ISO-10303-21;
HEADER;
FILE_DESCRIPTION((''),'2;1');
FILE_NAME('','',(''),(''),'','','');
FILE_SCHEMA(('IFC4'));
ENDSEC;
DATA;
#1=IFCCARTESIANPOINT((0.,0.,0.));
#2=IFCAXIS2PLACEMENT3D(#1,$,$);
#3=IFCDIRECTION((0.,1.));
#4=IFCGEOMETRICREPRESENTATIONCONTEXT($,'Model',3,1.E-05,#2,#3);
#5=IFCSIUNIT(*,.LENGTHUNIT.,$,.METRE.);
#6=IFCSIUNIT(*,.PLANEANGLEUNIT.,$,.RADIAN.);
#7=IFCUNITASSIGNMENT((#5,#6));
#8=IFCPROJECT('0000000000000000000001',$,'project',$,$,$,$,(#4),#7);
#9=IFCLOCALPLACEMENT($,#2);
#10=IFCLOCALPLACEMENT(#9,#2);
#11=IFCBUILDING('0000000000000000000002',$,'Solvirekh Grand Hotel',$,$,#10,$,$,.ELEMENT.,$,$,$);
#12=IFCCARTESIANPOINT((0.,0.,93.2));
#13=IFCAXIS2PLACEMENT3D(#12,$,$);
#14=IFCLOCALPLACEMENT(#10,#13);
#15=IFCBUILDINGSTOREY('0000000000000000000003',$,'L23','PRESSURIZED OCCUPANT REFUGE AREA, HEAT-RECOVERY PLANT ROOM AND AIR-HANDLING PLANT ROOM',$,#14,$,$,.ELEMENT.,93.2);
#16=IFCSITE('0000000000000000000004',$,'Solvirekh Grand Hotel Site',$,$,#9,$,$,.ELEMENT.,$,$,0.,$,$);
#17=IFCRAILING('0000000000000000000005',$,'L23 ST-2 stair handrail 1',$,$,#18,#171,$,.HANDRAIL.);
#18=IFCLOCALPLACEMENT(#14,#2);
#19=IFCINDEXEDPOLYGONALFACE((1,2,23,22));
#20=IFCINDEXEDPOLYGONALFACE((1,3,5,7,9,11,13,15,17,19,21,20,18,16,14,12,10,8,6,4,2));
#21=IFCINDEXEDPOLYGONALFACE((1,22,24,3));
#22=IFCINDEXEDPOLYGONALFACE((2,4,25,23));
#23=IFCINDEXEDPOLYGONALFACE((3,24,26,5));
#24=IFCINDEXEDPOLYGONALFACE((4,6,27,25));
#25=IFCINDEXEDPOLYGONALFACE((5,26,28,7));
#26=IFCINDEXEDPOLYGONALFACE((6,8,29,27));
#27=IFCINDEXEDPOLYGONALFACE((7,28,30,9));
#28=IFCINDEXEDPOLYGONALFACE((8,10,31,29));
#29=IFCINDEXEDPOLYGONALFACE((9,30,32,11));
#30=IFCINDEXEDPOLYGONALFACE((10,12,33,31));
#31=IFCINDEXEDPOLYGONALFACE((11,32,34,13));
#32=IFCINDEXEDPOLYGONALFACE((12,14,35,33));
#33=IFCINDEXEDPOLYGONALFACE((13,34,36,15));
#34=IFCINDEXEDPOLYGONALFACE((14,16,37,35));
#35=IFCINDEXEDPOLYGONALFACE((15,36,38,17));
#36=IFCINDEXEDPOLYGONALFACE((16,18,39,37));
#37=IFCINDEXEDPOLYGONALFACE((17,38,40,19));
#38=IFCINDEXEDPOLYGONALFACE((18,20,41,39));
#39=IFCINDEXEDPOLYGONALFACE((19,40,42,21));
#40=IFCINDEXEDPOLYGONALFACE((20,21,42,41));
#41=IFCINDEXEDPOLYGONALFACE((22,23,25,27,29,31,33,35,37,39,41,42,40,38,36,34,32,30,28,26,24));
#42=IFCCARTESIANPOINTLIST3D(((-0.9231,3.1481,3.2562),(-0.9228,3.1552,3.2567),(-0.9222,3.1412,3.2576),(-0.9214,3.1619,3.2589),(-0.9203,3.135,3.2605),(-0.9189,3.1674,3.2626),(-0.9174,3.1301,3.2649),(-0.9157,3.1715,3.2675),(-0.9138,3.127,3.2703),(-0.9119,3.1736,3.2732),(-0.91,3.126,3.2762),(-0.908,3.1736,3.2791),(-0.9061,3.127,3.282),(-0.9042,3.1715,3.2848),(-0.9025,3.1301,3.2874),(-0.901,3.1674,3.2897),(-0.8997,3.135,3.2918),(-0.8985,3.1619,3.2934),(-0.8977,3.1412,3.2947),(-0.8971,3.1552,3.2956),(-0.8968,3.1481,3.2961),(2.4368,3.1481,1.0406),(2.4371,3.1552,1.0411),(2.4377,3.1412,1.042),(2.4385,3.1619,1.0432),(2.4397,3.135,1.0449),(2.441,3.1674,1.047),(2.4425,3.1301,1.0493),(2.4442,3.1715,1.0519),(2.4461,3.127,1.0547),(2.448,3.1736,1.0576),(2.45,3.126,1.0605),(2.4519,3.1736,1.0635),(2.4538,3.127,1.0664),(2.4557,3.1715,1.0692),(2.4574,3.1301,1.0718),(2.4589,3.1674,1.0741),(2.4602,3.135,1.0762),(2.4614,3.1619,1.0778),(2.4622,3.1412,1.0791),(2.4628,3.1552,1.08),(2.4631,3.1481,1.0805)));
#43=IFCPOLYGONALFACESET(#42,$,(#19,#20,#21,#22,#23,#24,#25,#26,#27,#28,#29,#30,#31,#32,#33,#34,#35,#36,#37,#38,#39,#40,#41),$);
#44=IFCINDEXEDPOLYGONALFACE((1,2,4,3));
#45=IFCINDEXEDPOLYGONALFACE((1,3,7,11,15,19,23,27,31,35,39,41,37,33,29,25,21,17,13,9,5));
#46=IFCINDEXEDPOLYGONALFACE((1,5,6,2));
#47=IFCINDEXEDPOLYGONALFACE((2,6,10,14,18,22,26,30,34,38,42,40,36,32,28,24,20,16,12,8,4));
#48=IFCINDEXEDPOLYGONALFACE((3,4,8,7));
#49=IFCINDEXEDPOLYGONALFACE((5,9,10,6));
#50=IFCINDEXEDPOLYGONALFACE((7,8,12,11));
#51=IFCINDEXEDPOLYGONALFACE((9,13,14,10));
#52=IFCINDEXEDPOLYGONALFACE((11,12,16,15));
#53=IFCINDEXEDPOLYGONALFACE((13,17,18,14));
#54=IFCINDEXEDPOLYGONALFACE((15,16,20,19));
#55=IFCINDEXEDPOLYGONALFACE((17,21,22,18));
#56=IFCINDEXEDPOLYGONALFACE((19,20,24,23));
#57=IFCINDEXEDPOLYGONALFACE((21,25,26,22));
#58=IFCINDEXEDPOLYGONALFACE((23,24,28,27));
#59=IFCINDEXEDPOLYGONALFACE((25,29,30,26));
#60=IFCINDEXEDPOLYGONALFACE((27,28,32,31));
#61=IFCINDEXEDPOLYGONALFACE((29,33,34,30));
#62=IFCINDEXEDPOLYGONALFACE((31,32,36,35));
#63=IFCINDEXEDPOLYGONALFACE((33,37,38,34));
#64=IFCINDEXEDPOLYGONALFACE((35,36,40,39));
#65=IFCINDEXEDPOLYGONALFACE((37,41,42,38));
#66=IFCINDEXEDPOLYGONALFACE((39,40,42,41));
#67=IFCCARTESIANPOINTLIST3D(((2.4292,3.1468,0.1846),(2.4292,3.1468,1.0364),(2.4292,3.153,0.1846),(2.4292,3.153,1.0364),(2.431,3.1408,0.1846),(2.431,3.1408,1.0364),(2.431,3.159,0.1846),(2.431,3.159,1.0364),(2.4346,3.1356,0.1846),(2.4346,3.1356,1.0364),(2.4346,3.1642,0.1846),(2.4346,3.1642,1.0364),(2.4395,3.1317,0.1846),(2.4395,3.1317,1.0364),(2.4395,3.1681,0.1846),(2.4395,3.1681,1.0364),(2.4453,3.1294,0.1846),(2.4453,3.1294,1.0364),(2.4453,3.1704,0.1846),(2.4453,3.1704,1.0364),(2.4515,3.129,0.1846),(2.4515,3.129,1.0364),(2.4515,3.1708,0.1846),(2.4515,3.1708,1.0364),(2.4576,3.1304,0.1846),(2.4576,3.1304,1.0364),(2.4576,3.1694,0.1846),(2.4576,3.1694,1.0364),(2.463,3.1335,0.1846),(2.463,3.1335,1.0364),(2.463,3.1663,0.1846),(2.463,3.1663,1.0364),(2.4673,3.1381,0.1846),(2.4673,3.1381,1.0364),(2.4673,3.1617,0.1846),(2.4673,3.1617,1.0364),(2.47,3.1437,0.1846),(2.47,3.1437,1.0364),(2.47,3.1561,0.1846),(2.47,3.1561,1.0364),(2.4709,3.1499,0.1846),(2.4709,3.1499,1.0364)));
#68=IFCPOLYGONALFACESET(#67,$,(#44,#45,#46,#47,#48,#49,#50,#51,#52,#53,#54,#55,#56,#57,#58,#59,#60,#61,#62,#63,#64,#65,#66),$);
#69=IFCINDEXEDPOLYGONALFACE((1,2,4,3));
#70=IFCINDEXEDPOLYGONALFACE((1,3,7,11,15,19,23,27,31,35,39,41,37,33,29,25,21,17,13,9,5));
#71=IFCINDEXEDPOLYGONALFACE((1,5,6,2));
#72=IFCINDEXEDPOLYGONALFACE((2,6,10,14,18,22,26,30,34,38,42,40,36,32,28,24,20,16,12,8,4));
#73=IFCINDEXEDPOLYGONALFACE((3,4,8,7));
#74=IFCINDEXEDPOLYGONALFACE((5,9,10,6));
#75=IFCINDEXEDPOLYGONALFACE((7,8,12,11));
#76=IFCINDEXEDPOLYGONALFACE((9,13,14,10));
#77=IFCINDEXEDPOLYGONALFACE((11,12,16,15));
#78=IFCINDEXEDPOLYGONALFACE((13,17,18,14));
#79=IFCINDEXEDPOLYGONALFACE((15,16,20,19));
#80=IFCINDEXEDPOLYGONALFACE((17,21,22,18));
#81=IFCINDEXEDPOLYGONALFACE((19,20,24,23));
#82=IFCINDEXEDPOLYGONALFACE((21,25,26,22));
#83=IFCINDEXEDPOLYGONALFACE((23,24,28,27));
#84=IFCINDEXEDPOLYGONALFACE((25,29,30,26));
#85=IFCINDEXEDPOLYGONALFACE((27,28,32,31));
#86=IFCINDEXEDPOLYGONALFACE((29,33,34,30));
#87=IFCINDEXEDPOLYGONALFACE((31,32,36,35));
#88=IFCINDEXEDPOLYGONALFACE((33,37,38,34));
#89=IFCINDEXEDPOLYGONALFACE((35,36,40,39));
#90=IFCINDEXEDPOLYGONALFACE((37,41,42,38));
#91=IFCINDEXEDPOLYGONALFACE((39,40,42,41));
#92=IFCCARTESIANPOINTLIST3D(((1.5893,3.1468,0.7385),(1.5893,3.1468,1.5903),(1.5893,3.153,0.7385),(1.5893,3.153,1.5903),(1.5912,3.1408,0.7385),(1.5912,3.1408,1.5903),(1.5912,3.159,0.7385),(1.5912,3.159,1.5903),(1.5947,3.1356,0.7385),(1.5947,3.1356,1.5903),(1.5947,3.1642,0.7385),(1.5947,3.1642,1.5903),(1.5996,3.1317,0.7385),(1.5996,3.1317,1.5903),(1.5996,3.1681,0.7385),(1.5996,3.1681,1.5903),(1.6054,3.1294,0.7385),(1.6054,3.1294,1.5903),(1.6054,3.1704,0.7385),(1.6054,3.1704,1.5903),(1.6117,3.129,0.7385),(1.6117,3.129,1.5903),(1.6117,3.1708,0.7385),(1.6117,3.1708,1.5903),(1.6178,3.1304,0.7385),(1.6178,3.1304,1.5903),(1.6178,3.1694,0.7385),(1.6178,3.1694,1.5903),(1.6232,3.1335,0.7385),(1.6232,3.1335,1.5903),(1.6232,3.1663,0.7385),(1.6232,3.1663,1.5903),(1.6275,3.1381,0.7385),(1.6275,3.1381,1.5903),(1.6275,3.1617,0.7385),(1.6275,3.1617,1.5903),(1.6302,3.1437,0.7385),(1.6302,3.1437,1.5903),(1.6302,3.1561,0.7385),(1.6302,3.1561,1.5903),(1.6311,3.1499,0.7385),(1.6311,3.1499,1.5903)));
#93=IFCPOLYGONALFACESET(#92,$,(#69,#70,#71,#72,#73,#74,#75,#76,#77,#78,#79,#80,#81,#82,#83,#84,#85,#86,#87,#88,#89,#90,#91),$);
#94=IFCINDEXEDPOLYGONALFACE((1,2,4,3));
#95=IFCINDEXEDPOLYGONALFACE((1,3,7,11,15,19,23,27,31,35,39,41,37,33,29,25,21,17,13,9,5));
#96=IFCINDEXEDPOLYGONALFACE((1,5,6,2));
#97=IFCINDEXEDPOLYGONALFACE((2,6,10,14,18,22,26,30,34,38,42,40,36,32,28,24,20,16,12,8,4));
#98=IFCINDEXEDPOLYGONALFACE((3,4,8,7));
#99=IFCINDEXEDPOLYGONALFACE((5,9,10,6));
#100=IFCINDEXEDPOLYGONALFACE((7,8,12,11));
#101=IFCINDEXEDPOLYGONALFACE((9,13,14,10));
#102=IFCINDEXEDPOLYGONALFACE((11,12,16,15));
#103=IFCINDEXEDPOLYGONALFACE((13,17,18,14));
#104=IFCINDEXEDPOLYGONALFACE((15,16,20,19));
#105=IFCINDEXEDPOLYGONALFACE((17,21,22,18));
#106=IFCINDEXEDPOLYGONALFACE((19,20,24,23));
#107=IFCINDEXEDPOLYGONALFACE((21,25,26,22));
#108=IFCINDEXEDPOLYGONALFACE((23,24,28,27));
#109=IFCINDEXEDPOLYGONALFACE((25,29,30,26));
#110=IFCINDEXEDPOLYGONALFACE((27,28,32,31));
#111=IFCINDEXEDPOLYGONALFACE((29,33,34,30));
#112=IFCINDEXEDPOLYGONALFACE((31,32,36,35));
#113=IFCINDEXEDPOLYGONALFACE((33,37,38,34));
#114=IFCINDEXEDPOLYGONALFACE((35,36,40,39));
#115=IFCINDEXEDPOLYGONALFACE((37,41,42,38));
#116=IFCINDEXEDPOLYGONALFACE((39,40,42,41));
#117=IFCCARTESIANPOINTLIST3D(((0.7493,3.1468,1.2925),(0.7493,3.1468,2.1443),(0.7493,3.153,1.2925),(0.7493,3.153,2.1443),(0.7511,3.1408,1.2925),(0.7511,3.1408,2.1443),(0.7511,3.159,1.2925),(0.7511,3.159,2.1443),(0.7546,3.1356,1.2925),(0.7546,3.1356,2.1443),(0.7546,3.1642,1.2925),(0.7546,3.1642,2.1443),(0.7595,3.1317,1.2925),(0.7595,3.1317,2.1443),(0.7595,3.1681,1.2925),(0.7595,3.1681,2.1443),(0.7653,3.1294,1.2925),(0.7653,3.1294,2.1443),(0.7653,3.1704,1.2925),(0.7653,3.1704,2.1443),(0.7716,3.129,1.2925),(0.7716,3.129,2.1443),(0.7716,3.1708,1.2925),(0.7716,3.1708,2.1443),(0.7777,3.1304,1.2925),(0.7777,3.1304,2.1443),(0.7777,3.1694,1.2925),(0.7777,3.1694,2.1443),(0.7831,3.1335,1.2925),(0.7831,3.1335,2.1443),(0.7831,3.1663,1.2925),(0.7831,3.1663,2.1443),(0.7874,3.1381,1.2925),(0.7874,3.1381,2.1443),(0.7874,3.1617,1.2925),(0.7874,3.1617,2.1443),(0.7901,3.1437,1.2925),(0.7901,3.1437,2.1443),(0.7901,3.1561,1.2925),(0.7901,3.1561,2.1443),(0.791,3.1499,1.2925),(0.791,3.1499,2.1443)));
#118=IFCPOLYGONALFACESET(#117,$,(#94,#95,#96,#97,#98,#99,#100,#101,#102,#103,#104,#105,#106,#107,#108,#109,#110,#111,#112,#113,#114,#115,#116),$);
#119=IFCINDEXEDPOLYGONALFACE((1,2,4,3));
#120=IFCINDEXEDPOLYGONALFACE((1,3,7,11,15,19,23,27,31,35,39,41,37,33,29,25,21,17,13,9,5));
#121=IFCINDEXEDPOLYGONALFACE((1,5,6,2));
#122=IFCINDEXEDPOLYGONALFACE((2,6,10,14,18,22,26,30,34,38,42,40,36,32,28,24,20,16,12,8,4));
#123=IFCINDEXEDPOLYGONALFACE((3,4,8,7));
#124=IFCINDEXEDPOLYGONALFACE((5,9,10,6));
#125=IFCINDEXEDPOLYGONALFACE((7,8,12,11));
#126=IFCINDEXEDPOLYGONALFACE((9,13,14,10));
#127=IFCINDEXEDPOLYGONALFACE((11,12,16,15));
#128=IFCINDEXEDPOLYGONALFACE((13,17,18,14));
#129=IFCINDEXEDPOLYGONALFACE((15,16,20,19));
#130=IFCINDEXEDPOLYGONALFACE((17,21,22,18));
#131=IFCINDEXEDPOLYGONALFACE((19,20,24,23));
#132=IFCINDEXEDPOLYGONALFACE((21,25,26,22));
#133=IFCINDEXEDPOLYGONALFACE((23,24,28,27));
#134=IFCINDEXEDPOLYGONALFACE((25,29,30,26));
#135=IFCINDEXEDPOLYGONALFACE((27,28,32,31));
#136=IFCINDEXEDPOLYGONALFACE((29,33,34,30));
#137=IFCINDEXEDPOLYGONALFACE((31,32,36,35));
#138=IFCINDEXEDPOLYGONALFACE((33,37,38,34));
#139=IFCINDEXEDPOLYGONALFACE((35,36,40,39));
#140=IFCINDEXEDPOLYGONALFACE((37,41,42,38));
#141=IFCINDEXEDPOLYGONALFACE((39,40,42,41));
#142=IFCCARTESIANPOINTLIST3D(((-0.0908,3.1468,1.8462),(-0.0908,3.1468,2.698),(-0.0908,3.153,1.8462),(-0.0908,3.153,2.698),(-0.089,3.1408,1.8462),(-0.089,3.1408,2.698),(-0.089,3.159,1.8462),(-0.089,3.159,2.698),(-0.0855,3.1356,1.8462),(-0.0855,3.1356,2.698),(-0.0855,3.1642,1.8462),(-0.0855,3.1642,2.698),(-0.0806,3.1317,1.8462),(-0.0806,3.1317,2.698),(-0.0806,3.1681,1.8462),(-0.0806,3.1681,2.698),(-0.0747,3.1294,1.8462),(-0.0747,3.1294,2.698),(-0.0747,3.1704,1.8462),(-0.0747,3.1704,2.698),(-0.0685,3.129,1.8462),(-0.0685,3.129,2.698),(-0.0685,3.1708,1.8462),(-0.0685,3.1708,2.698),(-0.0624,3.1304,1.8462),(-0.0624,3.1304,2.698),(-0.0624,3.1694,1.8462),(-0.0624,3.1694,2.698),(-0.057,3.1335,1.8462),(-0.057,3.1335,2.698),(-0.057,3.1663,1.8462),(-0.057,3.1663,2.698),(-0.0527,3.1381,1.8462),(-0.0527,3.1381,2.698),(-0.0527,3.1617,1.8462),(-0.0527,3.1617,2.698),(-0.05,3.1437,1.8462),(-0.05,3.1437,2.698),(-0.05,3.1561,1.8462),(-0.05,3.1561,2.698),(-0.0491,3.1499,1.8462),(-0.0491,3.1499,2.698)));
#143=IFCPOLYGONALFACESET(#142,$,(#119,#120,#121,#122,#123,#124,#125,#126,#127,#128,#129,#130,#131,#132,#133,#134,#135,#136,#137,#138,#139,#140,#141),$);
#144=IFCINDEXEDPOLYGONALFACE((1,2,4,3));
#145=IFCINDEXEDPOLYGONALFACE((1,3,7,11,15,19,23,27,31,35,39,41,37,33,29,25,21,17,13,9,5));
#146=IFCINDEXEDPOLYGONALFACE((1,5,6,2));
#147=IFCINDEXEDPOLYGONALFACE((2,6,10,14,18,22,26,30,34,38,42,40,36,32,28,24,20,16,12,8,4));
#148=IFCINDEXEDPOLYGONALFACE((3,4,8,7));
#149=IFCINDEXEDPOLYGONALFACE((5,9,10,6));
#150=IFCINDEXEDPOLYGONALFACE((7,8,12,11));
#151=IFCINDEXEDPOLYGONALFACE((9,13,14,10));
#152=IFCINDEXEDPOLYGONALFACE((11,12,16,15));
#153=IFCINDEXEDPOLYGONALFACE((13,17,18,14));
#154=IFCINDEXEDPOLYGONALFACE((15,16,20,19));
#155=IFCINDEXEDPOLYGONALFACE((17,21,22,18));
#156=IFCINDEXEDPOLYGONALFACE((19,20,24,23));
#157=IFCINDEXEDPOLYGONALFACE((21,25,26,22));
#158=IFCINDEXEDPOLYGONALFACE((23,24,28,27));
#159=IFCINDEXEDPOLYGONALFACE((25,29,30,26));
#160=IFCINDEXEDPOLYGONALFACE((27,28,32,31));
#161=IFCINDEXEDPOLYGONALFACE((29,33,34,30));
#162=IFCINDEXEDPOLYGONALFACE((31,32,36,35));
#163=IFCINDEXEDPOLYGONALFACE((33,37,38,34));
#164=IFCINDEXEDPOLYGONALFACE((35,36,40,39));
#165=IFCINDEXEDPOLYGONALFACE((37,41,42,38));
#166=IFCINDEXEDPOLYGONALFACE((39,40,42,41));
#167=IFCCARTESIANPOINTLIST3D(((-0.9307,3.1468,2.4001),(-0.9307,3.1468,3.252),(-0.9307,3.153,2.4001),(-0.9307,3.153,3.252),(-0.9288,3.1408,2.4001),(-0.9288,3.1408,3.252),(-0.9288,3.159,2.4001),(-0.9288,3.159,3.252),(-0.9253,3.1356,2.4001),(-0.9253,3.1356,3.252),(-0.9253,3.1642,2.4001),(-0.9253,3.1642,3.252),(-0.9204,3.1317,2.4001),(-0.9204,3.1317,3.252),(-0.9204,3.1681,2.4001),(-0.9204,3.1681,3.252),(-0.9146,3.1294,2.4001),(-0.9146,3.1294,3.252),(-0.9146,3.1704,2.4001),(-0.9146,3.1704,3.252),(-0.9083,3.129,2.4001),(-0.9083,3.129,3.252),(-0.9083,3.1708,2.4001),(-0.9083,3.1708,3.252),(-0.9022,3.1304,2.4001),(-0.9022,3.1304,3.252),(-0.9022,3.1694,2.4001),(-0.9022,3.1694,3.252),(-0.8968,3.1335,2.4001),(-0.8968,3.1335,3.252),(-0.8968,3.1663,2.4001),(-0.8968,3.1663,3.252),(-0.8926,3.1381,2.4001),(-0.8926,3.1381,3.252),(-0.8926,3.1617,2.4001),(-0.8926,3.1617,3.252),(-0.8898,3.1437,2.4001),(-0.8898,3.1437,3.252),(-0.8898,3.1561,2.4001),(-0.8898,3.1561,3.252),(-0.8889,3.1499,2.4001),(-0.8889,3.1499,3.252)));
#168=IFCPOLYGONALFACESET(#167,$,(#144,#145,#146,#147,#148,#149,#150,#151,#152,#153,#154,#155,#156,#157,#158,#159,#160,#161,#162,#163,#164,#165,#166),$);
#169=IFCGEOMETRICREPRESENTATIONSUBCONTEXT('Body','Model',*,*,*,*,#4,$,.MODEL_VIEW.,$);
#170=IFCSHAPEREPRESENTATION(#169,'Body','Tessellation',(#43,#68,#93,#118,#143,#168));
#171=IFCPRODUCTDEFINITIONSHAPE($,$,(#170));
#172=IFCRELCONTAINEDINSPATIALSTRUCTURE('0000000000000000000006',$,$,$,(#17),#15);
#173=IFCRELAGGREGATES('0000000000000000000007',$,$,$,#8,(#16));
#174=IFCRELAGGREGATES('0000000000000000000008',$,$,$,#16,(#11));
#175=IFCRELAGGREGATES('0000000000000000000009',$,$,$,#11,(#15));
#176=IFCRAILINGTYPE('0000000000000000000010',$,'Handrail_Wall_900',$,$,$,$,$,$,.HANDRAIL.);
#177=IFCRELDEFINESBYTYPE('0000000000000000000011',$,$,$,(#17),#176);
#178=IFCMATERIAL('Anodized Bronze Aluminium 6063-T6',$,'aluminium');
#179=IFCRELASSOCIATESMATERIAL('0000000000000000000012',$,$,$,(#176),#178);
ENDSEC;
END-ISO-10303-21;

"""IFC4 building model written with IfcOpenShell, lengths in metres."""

from ifc_helpers import new_model, si_unit, direction, frame, origin, origin_2d, place, context, subcontext, project, spatial, circle, extrude, material, type_object, element, save


model = new_model("IFC4")

# Units and contexts
model_context = context("Model", 3, precision=1e-05, world=origin(), true_north=direction((0.0, 1.0)))
body_context = subcontext(model_context, "Body", "Model", "MODEL_VIEW")
ifc_project = project(units=[si_unit("LENGTHUNIT", "METRE"), si_unit("PLANEANGLEUNIT", "RADIAN")], contexts=[model_context])

# Site, building, storey
site_placement = place(None, origin())
site = spatial("IfcSite", under=ifc_project, at=site_placement, Name="Solvirekh Grand Hotel Site", CompositionType="ELEMENT", RefElevation=0.0)
building_placement = place(site_placement, origin())
building = spatial("IfcBuilding", under=site, at=building_placement, Name="Solvirekh Grand Hotel", CompositionType="ELEMENT")
storey_placement = place(building_placement, frame((0.0, 0.0, 93.2)))
storey = spatial("IfcBuildingStorey", under=building, at=storey_placement, Name="L23", Description="PRESSURIZED OCCUPANT REFUGE AREA, HEAT-RECOVERY PLANT ROOM AND AIR-HANDLING PLANT ROOM", CompositionType="ELEMENT", Elevation=93.2)

# Railing
ifc_material_1 = material(Name="Anodized Bronze Aluminium 6063-T6", Category="aluminium")
railing_type_1 = type_object("IfcRailingType", Name="Handrail_Wall_900", PredefinedType="HANDRAIL", material=ifc_material_1)
railing_1_placement = place(storey_placement, frame((2.45, 3.1499, 0.1846)))
element("IfcRailing", 1, at=railing_1_placement, inside=storey, type_object=railing_type_1, Name="L23 ST-2 stair handrail 1", PredefinedType="HANDRAIL", context=body_context, shape_type="SweptSolid", body=[
    extrude(circle(Radius=0.0239, at=origin_2d()), frame((0.0, 0.0, 0.876), z_axis=(-0.83483, 0.0, 0.550508), x_axis=(0.0, -1.0, 0.0)), (0.0, 0.0, 1.0), 4.0247),
    extrude(circle(Radius=0.021, at=origin_2d()), origin(), (0.0, 0.0, 1.0), 0.8518),
    extrude(circle(Radius=0.021, at=origin_2d()), frame((-0.8398, 0.0, 0.554)), (0.0, 0.0, 1.0), 0.8518),
    extrude(circle(Radius=0.021, at=origin_2d()), frame((-1.6799, 0.0, 1.1079)), (0.0, 0.0, 1.0), 0.8518),
    extrude(circle(Radius=0.021, at=origin_2d()), frame((-2.52, 0.0, 1.6616)), (0.0, 0.0, 1.0), 0.8518),
    extrude(circle(Radius=0.021, at=origin_2d()), frame((-3.3599, 0.0, 2.2156)), (0.0, 0.0, 1.0), 0.8518),
])

save(model, "model.ifc")
